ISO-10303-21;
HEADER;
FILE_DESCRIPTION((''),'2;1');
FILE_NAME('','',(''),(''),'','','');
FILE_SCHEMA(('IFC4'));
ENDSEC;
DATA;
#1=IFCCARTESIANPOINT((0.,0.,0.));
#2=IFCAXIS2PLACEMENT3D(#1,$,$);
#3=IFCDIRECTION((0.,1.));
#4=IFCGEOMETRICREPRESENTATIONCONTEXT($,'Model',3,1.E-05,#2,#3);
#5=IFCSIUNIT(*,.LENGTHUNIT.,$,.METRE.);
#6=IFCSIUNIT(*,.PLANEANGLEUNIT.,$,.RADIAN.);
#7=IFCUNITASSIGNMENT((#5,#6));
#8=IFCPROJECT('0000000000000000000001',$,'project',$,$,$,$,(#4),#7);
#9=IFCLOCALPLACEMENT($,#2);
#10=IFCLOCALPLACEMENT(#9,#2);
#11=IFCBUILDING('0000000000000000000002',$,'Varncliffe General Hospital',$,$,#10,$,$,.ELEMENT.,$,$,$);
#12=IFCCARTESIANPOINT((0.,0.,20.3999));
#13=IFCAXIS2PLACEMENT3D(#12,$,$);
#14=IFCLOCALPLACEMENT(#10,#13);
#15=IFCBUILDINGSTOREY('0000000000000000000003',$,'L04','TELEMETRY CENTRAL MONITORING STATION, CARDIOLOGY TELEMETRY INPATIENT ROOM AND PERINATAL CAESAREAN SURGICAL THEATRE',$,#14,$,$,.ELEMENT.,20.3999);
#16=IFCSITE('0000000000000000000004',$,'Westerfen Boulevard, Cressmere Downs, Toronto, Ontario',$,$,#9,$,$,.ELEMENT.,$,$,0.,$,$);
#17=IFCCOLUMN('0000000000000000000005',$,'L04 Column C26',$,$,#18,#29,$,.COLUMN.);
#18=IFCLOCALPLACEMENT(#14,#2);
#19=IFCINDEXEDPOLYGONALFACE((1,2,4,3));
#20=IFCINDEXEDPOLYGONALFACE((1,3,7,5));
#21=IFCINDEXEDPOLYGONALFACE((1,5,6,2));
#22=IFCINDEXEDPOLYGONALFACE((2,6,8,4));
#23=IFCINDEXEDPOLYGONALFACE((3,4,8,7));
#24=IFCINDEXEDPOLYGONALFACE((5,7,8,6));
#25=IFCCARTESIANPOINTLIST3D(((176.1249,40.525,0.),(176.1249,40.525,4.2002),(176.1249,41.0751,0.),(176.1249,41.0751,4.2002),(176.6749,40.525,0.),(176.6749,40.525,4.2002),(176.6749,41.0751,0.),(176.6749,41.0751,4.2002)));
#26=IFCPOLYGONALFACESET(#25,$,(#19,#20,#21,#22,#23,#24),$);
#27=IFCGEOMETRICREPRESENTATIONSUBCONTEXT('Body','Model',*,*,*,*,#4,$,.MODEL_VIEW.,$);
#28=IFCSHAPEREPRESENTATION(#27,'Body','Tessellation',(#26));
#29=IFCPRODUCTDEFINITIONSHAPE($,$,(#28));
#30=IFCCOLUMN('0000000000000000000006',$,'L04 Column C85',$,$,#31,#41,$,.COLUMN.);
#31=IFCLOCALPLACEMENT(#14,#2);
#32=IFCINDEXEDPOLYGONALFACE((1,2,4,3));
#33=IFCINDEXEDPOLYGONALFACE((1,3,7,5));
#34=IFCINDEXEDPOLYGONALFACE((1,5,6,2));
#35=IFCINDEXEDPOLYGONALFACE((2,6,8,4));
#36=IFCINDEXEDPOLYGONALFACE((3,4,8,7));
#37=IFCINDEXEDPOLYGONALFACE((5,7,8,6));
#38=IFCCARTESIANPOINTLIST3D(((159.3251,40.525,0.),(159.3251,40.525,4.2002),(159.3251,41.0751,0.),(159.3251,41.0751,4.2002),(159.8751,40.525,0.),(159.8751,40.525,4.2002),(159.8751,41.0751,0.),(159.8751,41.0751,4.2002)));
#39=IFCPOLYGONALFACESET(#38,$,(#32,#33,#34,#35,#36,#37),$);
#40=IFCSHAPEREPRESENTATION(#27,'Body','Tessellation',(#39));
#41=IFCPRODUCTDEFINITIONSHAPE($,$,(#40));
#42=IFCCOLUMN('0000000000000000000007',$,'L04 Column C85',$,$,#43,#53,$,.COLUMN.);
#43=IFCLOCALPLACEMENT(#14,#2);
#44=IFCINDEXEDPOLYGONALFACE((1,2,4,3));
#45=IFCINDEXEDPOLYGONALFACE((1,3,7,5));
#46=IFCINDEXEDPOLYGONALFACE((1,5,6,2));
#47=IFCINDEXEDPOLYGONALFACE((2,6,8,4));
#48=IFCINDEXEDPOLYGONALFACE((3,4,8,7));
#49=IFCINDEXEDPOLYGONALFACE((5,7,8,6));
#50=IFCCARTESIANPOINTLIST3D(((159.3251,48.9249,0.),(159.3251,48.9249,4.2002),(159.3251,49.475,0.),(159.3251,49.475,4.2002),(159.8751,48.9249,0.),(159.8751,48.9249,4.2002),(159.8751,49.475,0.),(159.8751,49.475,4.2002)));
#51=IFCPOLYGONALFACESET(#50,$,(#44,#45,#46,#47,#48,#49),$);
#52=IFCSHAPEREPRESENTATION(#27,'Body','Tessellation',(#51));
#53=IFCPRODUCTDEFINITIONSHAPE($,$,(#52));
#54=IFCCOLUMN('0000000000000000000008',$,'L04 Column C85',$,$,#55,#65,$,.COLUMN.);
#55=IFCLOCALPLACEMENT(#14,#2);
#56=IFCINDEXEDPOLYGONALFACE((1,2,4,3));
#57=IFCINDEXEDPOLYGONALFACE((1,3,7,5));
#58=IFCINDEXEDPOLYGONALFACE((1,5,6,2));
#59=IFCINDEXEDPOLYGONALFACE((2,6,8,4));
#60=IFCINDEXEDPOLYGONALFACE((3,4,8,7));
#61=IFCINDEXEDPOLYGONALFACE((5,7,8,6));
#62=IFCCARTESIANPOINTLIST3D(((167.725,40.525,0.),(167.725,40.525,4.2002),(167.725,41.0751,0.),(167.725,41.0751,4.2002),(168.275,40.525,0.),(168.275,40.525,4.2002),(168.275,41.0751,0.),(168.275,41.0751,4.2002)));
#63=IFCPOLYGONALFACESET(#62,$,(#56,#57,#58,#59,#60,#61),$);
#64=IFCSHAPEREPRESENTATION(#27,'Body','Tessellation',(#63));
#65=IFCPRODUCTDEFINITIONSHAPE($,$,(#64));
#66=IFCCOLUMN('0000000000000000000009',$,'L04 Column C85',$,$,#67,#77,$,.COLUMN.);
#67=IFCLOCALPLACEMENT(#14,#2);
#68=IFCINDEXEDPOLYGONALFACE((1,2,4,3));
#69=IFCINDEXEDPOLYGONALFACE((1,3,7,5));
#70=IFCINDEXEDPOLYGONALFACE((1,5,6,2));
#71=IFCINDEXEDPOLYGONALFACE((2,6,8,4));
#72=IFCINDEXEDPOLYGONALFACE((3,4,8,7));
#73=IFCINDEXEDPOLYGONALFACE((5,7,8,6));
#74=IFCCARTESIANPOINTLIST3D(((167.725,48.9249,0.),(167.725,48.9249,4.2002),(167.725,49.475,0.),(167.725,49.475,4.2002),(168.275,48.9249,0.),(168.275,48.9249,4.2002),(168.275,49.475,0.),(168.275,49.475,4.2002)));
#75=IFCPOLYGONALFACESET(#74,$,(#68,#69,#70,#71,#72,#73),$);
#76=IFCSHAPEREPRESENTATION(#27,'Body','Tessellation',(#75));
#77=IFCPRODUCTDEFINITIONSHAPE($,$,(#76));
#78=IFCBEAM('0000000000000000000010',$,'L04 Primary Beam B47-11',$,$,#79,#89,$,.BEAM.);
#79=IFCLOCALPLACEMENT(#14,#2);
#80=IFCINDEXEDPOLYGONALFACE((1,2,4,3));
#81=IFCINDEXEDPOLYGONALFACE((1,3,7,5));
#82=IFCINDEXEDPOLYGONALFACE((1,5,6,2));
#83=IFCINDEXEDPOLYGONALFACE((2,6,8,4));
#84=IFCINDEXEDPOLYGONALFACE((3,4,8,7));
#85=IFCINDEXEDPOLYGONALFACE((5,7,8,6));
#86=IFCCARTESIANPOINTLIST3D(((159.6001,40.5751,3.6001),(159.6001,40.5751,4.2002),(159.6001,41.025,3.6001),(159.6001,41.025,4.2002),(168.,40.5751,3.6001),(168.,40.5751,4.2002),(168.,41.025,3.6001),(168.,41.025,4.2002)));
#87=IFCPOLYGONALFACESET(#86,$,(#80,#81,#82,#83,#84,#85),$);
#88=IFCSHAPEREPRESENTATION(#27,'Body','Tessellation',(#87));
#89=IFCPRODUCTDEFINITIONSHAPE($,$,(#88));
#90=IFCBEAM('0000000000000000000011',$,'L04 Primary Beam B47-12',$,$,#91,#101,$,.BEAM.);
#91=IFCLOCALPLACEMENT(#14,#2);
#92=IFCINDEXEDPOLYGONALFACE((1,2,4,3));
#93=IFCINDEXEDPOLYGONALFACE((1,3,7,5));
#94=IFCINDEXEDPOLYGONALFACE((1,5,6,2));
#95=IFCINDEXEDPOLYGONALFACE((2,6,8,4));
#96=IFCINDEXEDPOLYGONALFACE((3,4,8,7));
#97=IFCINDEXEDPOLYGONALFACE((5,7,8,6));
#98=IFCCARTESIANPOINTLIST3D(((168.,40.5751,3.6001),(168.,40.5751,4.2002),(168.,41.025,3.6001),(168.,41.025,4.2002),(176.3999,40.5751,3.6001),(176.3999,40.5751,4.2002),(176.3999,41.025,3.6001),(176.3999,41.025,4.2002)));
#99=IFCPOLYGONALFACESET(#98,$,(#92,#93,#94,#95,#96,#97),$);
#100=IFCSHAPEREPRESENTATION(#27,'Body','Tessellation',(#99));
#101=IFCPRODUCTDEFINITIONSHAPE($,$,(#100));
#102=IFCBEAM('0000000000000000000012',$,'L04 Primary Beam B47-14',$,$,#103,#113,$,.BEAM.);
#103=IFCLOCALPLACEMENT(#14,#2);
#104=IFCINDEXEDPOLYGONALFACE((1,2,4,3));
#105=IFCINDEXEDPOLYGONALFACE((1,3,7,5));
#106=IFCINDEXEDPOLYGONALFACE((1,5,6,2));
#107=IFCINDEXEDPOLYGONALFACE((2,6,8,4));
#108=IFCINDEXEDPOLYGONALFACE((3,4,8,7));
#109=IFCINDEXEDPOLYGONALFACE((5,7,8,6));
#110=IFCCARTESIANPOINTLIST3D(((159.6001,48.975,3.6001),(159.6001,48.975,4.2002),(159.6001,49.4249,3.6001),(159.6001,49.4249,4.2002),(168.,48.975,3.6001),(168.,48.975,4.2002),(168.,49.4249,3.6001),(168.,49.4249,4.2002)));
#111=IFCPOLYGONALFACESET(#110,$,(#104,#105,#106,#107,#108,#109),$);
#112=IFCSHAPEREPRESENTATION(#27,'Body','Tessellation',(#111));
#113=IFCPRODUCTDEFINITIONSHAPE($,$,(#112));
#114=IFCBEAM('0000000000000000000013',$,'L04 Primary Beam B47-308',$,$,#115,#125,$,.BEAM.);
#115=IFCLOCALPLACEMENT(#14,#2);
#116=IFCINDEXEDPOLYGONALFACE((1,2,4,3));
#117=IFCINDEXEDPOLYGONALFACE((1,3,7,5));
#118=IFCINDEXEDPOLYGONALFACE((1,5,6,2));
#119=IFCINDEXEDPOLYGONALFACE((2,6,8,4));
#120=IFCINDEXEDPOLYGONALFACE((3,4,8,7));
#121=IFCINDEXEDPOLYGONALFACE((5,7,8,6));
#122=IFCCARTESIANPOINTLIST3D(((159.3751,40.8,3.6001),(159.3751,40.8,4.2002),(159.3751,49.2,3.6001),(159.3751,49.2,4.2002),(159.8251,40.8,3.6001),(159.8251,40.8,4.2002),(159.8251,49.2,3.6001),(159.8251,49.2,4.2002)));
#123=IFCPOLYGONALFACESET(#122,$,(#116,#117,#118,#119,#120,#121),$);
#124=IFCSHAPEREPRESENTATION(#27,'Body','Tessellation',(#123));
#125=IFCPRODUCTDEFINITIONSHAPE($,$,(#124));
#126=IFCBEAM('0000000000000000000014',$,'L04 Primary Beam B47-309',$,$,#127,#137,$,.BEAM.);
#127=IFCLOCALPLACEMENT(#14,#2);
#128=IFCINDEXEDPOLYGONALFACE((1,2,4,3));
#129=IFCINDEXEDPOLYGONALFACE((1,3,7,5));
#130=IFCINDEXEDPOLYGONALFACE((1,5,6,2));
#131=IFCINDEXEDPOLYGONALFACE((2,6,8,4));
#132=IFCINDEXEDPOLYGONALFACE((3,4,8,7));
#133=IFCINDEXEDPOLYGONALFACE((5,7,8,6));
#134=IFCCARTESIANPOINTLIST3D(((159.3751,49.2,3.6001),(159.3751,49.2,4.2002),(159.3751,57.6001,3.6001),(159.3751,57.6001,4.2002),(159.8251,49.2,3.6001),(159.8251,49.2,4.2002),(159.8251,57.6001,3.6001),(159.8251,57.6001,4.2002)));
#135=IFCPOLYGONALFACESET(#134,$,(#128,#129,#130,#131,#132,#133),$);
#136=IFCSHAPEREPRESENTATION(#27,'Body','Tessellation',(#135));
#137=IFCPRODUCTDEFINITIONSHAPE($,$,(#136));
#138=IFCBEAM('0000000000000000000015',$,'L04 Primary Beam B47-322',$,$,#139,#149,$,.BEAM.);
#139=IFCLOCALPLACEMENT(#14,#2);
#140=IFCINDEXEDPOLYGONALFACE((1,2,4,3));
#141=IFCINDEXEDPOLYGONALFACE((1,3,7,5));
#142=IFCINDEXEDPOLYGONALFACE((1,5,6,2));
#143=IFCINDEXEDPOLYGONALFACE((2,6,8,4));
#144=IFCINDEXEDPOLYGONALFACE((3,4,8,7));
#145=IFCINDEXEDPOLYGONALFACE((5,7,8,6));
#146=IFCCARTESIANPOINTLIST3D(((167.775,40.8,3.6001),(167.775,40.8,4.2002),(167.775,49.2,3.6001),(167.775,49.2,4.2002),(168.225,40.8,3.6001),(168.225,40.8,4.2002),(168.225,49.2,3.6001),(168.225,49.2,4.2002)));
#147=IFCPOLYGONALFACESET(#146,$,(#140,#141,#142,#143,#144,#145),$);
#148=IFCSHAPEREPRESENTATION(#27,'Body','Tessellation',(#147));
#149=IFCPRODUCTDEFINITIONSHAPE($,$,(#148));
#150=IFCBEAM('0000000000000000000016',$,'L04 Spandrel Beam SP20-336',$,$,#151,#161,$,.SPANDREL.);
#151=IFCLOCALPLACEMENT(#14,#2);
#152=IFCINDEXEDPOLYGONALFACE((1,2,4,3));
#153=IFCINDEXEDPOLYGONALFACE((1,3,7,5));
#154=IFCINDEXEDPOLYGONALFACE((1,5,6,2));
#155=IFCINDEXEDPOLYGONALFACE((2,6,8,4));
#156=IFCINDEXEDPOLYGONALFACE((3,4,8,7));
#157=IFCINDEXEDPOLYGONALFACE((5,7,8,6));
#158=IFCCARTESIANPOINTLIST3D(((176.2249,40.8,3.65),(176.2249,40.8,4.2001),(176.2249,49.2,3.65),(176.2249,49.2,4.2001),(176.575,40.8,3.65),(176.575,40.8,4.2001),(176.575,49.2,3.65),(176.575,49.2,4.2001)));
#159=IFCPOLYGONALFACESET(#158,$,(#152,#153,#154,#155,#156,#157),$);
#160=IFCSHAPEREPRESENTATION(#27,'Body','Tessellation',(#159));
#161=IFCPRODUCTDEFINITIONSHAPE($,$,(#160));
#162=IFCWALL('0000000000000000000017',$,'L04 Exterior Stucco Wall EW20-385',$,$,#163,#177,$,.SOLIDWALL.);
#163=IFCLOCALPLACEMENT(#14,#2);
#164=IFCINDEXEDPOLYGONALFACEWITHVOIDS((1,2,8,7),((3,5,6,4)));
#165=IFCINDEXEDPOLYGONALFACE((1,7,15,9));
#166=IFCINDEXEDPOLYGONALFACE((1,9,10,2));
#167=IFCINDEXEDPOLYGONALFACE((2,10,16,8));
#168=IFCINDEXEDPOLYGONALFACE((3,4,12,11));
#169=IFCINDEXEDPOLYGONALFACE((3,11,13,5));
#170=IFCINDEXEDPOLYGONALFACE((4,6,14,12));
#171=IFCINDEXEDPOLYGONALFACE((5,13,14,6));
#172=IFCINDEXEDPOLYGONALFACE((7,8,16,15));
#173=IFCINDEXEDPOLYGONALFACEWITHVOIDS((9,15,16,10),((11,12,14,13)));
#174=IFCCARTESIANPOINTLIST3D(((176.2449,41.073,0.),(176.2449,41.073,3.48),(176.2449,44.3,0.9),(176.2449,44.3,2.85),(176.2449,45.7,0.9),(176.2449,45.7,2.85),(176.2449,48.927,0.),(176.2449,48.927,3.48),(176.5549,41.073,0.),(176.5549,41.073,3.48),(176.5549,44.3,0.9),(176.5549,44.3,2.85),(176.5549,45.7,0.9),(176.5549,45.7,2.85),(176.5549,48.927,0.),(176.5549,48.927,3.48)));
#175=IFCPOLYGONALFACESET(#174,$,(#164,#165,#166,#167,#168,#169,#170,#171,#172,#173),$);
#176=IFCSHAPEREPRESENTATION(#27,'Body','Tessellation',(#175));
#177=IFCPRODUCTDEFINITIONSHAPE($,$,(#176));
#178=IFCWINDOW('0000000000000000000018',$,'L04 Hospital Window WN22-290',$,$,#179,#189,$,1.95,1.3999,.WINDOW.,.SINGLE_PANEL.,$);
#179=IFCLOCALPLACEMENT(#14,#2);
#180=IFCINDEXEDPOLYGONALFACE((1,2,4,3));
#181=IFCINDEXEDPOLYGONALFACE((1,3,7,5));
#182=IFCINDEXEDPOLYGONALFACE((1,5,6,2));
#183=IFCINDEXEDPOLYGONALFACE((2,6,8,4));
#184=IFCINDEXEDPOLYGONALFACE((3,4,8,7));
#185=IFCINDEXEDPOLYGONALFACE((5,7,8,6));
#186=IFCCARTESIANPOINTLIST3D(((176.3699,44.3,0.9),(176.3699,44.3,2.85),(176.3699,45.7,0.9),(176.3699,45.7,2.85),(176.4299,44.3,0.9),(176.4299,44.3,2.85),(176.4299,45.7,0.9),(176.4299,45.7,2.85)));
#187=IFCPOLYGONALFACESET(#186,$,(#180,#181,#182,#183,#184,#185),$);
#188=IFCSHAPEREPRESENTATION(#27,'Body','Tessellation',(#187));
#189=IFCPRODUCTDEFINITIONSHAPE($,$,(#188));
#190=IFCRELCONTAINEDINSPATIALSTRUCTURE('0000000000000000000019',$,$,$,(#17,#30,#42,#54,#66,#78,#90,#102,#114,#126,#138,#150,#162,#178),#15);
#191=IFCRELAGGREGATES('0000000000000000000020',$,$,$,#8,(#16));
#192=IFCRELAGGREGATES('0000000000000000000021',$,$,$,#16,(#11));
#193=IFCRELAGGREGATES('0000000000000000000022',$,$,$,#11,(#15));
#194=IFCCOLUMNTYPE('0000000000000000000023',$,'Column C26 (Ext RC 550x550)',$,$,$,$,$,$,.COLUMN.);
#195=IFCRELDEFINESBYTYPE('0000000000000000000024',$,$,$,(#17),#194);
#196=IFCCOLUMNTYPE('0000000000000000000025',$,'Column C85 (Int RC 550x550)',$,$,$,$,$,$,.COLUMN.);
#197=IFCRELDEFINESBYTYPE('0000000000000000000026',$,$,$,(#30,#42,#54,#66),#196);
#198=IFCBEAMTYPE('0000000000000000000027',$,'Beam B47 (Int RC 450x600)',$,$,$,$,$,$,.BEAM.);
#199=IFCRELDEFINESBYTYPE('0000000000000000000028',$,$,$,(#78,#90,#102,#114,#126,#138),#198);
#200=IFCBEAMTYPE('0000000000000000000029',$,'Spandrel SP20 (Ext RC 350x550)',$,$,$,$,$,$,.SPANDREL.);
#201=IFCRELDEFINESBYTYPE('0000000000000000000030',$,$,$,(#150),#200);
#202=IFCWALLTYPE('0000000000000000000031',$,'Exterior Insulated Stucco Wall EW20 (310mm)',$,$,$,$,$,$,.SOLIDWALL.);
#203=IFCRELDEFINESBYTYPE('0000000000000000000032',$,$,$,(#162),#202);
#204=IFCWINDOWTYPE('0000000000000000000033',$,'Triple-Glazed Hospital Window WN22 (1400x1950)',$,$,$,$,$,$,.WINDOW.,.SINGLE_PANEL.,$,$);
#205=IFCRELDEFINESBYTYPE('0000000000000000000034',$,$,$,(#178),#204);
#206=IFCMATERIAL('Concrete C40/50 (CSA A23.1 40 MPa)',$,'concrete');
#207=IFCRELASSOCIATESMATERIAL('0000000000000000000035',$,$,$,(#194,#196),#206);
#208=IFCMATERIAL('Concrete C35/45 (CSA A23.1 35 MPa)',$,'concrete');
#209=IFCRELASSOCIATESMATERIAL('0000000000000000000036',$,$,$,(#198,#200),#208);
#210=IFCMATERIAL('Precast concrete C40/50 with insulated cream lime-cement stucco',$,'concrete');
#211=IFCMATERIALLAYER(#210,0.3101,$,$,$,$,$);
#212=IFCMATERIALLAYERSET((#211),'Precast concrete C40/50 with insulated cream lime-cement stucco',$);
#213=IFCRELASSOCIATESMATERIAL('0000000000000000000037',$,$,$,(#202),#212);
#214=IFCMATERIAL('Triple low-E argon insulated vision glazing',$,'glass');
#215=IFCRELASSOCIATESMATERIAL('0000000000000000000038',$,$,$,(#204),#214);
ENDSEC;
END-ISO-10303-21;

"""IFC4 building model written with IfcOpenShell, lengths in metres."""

from ifc_helpers import new_model, si_unit, direction, frame, frame_2d, origin, origin_2d, place, context, subcontext, project, spatial, rectangle, extrude, material, layer, layer_set, material_profile, profile_set, type_object, element, fill, save


model = new_model("IFC4")

# Units and contexts
model_context = context("Model", 3, precision=1e-05, world=origin(), true_north=direction((0.0, 1.0)))
body_context = subcontext(model_context, "Body", "Model", "MODEL_VIEW")
ifc_project = project(units=[si_unit("LENGTHUNIT", "METRE"), si_unit("PLANEANGLEUNIT", "RADIAN")], contexts=[model_context])

# Site, building, storey
site_placement = place(None, origin())
site = spatial("IfcSite", under=ifc_project, at=site_placement, Name="Westerfen Boulevard, Cressmere Downs, Toronto, Ontario", CompositionType="ELEMENT", RefElevation=0.0)
building_placement = place(site_placement, origin())
building = spatial("IfcBuilding", under=site, at=building_placement, Name="Varncliffe General Hospital", CompositionType="ELEMENT")
storey_placement = place(building_placement, frame((0.0, 0.0, 20.3999)))
storey = spatial("IfcBuildingStorey", under=building, at=storey_placement, Name="L04", Description="TELEMETRY CENTRAL MONITORING STATION, CARDIOLOGY TELEMETRY INPATIENT ROOM AND PERINATAL CAESAREAN SURGICAL THEATRE", CompositionType="ELEMENT", Elevation=20.3999)

# Columns
ifc_material_1 = material(Name="Concrete C40/50 (CSA A23.1 40 MPa)", Category="concrete")
ifc_material_profile_1 = material_profile(ifc_material_1, rectangle(XDim=0.55, YDim=0.55, at=origin_2d()), Name="RC 550x550")
ifc_profile_set_1 = profile_set([ifc_material_profile_1], Name="Concrete C40/50 (CSA A23.1 40 MPa)")
column_type_1 = type_object("IfcColumnType", Name="Column C26 (Ext RC 550x550)", PredefinedType="COLUMN", material=ifc_profile_set_1)
column_placement = place(storey_placement, frame((176.3999, 40.8, 0.0), z_axis=(0.0, 0.0, 1.0), x_axis=(1.0, 0.0, 0.0)))
element("IfcColumn", 1, at=column_placement, inside=storey, type_object=column_type_1, Name="L04 Column C26", PredefinedType="COLUMN", context=body_context, shape_type="SweptSolid", body=[
    extrude(rectangle(XDim=0.55, YDim=0.55, at=origin_2d()), origin(), (0.0, 0.0, 1.0), 4.2002),
])
ifc_material_profile_2 = material_profile(ifc_material_1, rectangle(XDim=0.55, YDim=0.55, at=origin_2d()), Name="RC 550x550")
ifc_profile_set_2 = profile_set([ifc_material_profile_2], Name="Concrete C40/50 (CSA A23.1 40 MPa)")
column_type_2 = type_object("IfcColumnType", Name="Column C85 (Int RC 550x550)", PredefinedType="COLUMN", material=ifc_profile_set_2)
for number, where, z_axis, x_axis, name in (
    (2, (159.6001, 40.8, 0.0), (0.0, 0.0, 1.0), (1.0, 0.0, 0.0), "L04 Column C85"),
    (3, (159.6001, 49.2, 0.0), (0.0, 0.0, 1.0), (1.0, 0.0, 0.0), "L04 Column C85"),
    (4, (168.0, 40.8, 0.0), (0.0, 0.0, 1.0), (1.0, 0.0, 0.0), "L04 Column C85"),
    (5, (168.0, 49.2, 0.0), (0.0, 0.0, 1.0), (1.0, 0.0, 0.0), "L04 Column C85"),
):
    element("IfcColumn", number, at=place(storey_placement, frame(where, z_axis=z_axis, x_axis=x_axis)), inside=storey, type_object=column_type_2, Name=name, PredefinedType="COLUMN", context=body_context, shape_type="SweptSolid", body=[
        extrude(rectangle(XDim=0.55, YDim=0.55, at=origin_2d()), origin(), (0.0, 0.0, 1.0), 4.2002),
    ])

# Beams
ifc_material_2 = material(Name="Concrete C35/45 (CSA A23.1 35 MPa)", Category="concrete")
ifc_material_profile_3 = material_profile(ifc_material_2, rectangle(XDim=0.45, YDim=0.6001, at=origin_2d()), Name="RC 450x600")
ifc_profile_set_3 = profile_set([ifc_material_profile_3], Name="Concrete C35/45 (CSA A23.1 35 MPa)")
beam_type_1 = type_object("IfcBeamType", Name="Beam B47 (Int RC 450x600)", PredefinedType="BEAM", material=ifc_profile_set_3)
for number, where, z_axis, x_axis, name in (
    (6, (159.6001, 40.8, 3.9001), (1.0, 0.0, 0.0), (0.0, 1.0, 0.0), "L04 Primary Beam B47-11"),
    (7, (168.0, 40.8, 3.9001), (1.0, 0.0, 0.0), (0.0, 1.0, 0.0), "L04 Primary Beam B47-12"),
    (8, (159.6001, 49.2, 3.9001), (1.0, 0.0, 0.0), (0.0, 1.0, 0.0), "L04 Primary Beam B47-14"),
    (9, (159.6001, 40.8, 3.9001), (0.0, 1.0, 0.0), (-1.0, 0.0, 0.0), "L04 Primary Beam B47-308"),
):
    element("IfcBeam", number, at=place(storey_placement, frame(where, z_axis=z_axis, x_axis=x_axis)), inside=storey, type_object=beam_type_1, Name=name, PredefinedType="BEAM", context=body_context, shape_type="SweptSolid", body=[
        extrude(rectangle(XDim=0.45, YDim=0.6001, at=origin_2d()), origin(), (0.0, 0.0, 1.0), 8.3999),
    ])
beam_1_placement = place(storey_placement, frame((159.6001, 49.2, 3.9001), z_axis=(0.0, 1.0, 0.0), x_axis=(-1.0, 0.0, 0.0)))
element("IfcBeam", 10, at=beam_1_placement, inside=storey, type_object=beam_type_1, Name="L04 Primary Beam B47-309", PredefinedType="BEAM", context=body_context, shape_type="SweptSolid", body=[
    extrude(rectangle(XDim=0.45, YDim=0.6001, at=origin_2d()), origin(), (0.0, 0.0, 1.0), 8.4001),
])
beam_2_placement = place(storey_placement, frame((168.0, 40.8, 3.9001), z_axis=(0.0, 1.0, 0.0), x_axis=(-1.0, 0.0, 0.0)))
element("IfcBeam", 11, at=beam_2_placement, inside=storey, type_object=beam_type_1, Name="L04 Primary Beam B47-322", PredefinedType="BEAM", context=body_context, shape_type="SweptSolid", body=[
    extrude(rectangle(XDim=0.45, YDim=0.6001, at=origin_2d()), origin(), (0.0, 0.0, 1.0), 8.3999),
])
ifc_material_profile_4 = material_profile(ifc_material_2, rectangle(XDim=0.3501, YDim=0.55, at=origin_2d()), Name="RC 350x550")
ifc_profile_set_4 = profile_set([ifc_material_profile_4], Name="Concrete C35/45 (CSA A23.1 35 MPa)")
beam_type_2 = type_object("IfcBeamType", Name="Spandrel SP20 (Ext RC 350x550)", PredefinedType="SPANDREL", material=ifc_profile_set_4)
beam_3_placement = place(storey_placement, frame((176.3999, 40.8, 3.925), z_axis=(0.0, 1.0, 0.0), x_axis=(-1.0, 0.0, 0.0)))
element("IfcBeam", 12, at=beam_3_placement, inside=storey, type_object=beam_type_2, Name="L04 Spandrel Beam SP20-336", PredefinedType="SPANDREL", context=body_context, shape_type="SweptSolid", body=[
    extrude(rectangle(XDim=0.3501, YDim=0.55, at=origin_2d()), origin(), (0.0, 0.0, 1.0), 8.3999),
])

# Wall, opening, window
ifc_material_3 = material(Name="Precast concrete C40/50 with insulated cream lime-cement stucco", Category="concrete")
ifc_layer_1 = layer(ifc_material_3, 0.3101)
ifc_layer_set_1 = layer_set([ifc_layer_1], Name="Precast concrete C40/50 with insulated cream lime-cement stucco")
wall_type_1 = type_object("IfcWallType", Name="Exterior Insulated Stucco Wall EW20 (310mm)", PredefinedType="SOLIDWALL", material=ifc_layer_set_1)
wall_1_placement = place(storey_placement, frame((176.3999, 48.927, 0.0), z_axis=(0.0, 0.0, 1.0), x_axis=(0.0, -1.0, 0.0)))
wall_1 = element("IfcWall", 13, at=wall_1_placement, inside=storey, type_object=wall_type_1, Name="L04 Exterior Stucco Wall EW20-385", PredefinedType="SOLIDWALL", context=body_context, shape_type="SweptSolid", body=[
    extrude(rectangle(XDim=7.854, YDim=0.3101, at=frame_2d((3.927, 0.0))), origin(), (0.0, 0.0, 1.0), 3.48),
])
opening_1_placement = place(wall_1_placement, frame((3.2271, 0.0, 0.8999)))
opening_1 = element("IfcOpeningElement", 14, at=opening_1_placement, cuts=wall_1, PredefinedType="OPENING", context=body_context, shape_type="SweptSolid", body=[
    extrude(rectangle(XDim=1.3999, YDim=1.95, at=frame_2d((0.7, 0.9751))), frame((0.0, 0.165, 0.0), z_axis=(0.0, -1.0, 0.0), x_axis=(1.0, 0.0, 0.0)), (0.0, 0.0, 1.0), 0.3301),
])
ifc_material_4 = material(Name="Triple low-E argon insulated vision glazing", Category="glass")
window_type_1 = type_object("IfcWindowType", Name="Triple-Glazed Hospital Window WN22 (1400x1950)", PartitioningType="SINGLE_PANEL", PredefinedType="WINDOW", material=ifc_material_4)
window_1_placement = place(opening_1_placement, origin())
window_1 = element("IfcWindow", 15, at=window_1_placement, inside=storey, type_object=window_type_1, Name="L04 Hospital Window WN22-290", OverallHeight=1.95, OverallWidth=1.3999, PartitioningType="SINGLE_PANEL", PredefinedType="WINDOW", context=body_context, shape_type="SweptSolid", body=[
    extrude(rectangle(XDim=1.3999, YDim=1.95, at=frame_2d((0.7, 0.9751))), frame((0.0, 0.03, 0.0), z_axis=(0.0, -1.0, 0.0), x_axis=(1.0, 0.0, 0.0)), (0.0, 0.0, 1.0), 0.0601),
])
fill(opening_1, window_1)

save(model, "model.ifc")
